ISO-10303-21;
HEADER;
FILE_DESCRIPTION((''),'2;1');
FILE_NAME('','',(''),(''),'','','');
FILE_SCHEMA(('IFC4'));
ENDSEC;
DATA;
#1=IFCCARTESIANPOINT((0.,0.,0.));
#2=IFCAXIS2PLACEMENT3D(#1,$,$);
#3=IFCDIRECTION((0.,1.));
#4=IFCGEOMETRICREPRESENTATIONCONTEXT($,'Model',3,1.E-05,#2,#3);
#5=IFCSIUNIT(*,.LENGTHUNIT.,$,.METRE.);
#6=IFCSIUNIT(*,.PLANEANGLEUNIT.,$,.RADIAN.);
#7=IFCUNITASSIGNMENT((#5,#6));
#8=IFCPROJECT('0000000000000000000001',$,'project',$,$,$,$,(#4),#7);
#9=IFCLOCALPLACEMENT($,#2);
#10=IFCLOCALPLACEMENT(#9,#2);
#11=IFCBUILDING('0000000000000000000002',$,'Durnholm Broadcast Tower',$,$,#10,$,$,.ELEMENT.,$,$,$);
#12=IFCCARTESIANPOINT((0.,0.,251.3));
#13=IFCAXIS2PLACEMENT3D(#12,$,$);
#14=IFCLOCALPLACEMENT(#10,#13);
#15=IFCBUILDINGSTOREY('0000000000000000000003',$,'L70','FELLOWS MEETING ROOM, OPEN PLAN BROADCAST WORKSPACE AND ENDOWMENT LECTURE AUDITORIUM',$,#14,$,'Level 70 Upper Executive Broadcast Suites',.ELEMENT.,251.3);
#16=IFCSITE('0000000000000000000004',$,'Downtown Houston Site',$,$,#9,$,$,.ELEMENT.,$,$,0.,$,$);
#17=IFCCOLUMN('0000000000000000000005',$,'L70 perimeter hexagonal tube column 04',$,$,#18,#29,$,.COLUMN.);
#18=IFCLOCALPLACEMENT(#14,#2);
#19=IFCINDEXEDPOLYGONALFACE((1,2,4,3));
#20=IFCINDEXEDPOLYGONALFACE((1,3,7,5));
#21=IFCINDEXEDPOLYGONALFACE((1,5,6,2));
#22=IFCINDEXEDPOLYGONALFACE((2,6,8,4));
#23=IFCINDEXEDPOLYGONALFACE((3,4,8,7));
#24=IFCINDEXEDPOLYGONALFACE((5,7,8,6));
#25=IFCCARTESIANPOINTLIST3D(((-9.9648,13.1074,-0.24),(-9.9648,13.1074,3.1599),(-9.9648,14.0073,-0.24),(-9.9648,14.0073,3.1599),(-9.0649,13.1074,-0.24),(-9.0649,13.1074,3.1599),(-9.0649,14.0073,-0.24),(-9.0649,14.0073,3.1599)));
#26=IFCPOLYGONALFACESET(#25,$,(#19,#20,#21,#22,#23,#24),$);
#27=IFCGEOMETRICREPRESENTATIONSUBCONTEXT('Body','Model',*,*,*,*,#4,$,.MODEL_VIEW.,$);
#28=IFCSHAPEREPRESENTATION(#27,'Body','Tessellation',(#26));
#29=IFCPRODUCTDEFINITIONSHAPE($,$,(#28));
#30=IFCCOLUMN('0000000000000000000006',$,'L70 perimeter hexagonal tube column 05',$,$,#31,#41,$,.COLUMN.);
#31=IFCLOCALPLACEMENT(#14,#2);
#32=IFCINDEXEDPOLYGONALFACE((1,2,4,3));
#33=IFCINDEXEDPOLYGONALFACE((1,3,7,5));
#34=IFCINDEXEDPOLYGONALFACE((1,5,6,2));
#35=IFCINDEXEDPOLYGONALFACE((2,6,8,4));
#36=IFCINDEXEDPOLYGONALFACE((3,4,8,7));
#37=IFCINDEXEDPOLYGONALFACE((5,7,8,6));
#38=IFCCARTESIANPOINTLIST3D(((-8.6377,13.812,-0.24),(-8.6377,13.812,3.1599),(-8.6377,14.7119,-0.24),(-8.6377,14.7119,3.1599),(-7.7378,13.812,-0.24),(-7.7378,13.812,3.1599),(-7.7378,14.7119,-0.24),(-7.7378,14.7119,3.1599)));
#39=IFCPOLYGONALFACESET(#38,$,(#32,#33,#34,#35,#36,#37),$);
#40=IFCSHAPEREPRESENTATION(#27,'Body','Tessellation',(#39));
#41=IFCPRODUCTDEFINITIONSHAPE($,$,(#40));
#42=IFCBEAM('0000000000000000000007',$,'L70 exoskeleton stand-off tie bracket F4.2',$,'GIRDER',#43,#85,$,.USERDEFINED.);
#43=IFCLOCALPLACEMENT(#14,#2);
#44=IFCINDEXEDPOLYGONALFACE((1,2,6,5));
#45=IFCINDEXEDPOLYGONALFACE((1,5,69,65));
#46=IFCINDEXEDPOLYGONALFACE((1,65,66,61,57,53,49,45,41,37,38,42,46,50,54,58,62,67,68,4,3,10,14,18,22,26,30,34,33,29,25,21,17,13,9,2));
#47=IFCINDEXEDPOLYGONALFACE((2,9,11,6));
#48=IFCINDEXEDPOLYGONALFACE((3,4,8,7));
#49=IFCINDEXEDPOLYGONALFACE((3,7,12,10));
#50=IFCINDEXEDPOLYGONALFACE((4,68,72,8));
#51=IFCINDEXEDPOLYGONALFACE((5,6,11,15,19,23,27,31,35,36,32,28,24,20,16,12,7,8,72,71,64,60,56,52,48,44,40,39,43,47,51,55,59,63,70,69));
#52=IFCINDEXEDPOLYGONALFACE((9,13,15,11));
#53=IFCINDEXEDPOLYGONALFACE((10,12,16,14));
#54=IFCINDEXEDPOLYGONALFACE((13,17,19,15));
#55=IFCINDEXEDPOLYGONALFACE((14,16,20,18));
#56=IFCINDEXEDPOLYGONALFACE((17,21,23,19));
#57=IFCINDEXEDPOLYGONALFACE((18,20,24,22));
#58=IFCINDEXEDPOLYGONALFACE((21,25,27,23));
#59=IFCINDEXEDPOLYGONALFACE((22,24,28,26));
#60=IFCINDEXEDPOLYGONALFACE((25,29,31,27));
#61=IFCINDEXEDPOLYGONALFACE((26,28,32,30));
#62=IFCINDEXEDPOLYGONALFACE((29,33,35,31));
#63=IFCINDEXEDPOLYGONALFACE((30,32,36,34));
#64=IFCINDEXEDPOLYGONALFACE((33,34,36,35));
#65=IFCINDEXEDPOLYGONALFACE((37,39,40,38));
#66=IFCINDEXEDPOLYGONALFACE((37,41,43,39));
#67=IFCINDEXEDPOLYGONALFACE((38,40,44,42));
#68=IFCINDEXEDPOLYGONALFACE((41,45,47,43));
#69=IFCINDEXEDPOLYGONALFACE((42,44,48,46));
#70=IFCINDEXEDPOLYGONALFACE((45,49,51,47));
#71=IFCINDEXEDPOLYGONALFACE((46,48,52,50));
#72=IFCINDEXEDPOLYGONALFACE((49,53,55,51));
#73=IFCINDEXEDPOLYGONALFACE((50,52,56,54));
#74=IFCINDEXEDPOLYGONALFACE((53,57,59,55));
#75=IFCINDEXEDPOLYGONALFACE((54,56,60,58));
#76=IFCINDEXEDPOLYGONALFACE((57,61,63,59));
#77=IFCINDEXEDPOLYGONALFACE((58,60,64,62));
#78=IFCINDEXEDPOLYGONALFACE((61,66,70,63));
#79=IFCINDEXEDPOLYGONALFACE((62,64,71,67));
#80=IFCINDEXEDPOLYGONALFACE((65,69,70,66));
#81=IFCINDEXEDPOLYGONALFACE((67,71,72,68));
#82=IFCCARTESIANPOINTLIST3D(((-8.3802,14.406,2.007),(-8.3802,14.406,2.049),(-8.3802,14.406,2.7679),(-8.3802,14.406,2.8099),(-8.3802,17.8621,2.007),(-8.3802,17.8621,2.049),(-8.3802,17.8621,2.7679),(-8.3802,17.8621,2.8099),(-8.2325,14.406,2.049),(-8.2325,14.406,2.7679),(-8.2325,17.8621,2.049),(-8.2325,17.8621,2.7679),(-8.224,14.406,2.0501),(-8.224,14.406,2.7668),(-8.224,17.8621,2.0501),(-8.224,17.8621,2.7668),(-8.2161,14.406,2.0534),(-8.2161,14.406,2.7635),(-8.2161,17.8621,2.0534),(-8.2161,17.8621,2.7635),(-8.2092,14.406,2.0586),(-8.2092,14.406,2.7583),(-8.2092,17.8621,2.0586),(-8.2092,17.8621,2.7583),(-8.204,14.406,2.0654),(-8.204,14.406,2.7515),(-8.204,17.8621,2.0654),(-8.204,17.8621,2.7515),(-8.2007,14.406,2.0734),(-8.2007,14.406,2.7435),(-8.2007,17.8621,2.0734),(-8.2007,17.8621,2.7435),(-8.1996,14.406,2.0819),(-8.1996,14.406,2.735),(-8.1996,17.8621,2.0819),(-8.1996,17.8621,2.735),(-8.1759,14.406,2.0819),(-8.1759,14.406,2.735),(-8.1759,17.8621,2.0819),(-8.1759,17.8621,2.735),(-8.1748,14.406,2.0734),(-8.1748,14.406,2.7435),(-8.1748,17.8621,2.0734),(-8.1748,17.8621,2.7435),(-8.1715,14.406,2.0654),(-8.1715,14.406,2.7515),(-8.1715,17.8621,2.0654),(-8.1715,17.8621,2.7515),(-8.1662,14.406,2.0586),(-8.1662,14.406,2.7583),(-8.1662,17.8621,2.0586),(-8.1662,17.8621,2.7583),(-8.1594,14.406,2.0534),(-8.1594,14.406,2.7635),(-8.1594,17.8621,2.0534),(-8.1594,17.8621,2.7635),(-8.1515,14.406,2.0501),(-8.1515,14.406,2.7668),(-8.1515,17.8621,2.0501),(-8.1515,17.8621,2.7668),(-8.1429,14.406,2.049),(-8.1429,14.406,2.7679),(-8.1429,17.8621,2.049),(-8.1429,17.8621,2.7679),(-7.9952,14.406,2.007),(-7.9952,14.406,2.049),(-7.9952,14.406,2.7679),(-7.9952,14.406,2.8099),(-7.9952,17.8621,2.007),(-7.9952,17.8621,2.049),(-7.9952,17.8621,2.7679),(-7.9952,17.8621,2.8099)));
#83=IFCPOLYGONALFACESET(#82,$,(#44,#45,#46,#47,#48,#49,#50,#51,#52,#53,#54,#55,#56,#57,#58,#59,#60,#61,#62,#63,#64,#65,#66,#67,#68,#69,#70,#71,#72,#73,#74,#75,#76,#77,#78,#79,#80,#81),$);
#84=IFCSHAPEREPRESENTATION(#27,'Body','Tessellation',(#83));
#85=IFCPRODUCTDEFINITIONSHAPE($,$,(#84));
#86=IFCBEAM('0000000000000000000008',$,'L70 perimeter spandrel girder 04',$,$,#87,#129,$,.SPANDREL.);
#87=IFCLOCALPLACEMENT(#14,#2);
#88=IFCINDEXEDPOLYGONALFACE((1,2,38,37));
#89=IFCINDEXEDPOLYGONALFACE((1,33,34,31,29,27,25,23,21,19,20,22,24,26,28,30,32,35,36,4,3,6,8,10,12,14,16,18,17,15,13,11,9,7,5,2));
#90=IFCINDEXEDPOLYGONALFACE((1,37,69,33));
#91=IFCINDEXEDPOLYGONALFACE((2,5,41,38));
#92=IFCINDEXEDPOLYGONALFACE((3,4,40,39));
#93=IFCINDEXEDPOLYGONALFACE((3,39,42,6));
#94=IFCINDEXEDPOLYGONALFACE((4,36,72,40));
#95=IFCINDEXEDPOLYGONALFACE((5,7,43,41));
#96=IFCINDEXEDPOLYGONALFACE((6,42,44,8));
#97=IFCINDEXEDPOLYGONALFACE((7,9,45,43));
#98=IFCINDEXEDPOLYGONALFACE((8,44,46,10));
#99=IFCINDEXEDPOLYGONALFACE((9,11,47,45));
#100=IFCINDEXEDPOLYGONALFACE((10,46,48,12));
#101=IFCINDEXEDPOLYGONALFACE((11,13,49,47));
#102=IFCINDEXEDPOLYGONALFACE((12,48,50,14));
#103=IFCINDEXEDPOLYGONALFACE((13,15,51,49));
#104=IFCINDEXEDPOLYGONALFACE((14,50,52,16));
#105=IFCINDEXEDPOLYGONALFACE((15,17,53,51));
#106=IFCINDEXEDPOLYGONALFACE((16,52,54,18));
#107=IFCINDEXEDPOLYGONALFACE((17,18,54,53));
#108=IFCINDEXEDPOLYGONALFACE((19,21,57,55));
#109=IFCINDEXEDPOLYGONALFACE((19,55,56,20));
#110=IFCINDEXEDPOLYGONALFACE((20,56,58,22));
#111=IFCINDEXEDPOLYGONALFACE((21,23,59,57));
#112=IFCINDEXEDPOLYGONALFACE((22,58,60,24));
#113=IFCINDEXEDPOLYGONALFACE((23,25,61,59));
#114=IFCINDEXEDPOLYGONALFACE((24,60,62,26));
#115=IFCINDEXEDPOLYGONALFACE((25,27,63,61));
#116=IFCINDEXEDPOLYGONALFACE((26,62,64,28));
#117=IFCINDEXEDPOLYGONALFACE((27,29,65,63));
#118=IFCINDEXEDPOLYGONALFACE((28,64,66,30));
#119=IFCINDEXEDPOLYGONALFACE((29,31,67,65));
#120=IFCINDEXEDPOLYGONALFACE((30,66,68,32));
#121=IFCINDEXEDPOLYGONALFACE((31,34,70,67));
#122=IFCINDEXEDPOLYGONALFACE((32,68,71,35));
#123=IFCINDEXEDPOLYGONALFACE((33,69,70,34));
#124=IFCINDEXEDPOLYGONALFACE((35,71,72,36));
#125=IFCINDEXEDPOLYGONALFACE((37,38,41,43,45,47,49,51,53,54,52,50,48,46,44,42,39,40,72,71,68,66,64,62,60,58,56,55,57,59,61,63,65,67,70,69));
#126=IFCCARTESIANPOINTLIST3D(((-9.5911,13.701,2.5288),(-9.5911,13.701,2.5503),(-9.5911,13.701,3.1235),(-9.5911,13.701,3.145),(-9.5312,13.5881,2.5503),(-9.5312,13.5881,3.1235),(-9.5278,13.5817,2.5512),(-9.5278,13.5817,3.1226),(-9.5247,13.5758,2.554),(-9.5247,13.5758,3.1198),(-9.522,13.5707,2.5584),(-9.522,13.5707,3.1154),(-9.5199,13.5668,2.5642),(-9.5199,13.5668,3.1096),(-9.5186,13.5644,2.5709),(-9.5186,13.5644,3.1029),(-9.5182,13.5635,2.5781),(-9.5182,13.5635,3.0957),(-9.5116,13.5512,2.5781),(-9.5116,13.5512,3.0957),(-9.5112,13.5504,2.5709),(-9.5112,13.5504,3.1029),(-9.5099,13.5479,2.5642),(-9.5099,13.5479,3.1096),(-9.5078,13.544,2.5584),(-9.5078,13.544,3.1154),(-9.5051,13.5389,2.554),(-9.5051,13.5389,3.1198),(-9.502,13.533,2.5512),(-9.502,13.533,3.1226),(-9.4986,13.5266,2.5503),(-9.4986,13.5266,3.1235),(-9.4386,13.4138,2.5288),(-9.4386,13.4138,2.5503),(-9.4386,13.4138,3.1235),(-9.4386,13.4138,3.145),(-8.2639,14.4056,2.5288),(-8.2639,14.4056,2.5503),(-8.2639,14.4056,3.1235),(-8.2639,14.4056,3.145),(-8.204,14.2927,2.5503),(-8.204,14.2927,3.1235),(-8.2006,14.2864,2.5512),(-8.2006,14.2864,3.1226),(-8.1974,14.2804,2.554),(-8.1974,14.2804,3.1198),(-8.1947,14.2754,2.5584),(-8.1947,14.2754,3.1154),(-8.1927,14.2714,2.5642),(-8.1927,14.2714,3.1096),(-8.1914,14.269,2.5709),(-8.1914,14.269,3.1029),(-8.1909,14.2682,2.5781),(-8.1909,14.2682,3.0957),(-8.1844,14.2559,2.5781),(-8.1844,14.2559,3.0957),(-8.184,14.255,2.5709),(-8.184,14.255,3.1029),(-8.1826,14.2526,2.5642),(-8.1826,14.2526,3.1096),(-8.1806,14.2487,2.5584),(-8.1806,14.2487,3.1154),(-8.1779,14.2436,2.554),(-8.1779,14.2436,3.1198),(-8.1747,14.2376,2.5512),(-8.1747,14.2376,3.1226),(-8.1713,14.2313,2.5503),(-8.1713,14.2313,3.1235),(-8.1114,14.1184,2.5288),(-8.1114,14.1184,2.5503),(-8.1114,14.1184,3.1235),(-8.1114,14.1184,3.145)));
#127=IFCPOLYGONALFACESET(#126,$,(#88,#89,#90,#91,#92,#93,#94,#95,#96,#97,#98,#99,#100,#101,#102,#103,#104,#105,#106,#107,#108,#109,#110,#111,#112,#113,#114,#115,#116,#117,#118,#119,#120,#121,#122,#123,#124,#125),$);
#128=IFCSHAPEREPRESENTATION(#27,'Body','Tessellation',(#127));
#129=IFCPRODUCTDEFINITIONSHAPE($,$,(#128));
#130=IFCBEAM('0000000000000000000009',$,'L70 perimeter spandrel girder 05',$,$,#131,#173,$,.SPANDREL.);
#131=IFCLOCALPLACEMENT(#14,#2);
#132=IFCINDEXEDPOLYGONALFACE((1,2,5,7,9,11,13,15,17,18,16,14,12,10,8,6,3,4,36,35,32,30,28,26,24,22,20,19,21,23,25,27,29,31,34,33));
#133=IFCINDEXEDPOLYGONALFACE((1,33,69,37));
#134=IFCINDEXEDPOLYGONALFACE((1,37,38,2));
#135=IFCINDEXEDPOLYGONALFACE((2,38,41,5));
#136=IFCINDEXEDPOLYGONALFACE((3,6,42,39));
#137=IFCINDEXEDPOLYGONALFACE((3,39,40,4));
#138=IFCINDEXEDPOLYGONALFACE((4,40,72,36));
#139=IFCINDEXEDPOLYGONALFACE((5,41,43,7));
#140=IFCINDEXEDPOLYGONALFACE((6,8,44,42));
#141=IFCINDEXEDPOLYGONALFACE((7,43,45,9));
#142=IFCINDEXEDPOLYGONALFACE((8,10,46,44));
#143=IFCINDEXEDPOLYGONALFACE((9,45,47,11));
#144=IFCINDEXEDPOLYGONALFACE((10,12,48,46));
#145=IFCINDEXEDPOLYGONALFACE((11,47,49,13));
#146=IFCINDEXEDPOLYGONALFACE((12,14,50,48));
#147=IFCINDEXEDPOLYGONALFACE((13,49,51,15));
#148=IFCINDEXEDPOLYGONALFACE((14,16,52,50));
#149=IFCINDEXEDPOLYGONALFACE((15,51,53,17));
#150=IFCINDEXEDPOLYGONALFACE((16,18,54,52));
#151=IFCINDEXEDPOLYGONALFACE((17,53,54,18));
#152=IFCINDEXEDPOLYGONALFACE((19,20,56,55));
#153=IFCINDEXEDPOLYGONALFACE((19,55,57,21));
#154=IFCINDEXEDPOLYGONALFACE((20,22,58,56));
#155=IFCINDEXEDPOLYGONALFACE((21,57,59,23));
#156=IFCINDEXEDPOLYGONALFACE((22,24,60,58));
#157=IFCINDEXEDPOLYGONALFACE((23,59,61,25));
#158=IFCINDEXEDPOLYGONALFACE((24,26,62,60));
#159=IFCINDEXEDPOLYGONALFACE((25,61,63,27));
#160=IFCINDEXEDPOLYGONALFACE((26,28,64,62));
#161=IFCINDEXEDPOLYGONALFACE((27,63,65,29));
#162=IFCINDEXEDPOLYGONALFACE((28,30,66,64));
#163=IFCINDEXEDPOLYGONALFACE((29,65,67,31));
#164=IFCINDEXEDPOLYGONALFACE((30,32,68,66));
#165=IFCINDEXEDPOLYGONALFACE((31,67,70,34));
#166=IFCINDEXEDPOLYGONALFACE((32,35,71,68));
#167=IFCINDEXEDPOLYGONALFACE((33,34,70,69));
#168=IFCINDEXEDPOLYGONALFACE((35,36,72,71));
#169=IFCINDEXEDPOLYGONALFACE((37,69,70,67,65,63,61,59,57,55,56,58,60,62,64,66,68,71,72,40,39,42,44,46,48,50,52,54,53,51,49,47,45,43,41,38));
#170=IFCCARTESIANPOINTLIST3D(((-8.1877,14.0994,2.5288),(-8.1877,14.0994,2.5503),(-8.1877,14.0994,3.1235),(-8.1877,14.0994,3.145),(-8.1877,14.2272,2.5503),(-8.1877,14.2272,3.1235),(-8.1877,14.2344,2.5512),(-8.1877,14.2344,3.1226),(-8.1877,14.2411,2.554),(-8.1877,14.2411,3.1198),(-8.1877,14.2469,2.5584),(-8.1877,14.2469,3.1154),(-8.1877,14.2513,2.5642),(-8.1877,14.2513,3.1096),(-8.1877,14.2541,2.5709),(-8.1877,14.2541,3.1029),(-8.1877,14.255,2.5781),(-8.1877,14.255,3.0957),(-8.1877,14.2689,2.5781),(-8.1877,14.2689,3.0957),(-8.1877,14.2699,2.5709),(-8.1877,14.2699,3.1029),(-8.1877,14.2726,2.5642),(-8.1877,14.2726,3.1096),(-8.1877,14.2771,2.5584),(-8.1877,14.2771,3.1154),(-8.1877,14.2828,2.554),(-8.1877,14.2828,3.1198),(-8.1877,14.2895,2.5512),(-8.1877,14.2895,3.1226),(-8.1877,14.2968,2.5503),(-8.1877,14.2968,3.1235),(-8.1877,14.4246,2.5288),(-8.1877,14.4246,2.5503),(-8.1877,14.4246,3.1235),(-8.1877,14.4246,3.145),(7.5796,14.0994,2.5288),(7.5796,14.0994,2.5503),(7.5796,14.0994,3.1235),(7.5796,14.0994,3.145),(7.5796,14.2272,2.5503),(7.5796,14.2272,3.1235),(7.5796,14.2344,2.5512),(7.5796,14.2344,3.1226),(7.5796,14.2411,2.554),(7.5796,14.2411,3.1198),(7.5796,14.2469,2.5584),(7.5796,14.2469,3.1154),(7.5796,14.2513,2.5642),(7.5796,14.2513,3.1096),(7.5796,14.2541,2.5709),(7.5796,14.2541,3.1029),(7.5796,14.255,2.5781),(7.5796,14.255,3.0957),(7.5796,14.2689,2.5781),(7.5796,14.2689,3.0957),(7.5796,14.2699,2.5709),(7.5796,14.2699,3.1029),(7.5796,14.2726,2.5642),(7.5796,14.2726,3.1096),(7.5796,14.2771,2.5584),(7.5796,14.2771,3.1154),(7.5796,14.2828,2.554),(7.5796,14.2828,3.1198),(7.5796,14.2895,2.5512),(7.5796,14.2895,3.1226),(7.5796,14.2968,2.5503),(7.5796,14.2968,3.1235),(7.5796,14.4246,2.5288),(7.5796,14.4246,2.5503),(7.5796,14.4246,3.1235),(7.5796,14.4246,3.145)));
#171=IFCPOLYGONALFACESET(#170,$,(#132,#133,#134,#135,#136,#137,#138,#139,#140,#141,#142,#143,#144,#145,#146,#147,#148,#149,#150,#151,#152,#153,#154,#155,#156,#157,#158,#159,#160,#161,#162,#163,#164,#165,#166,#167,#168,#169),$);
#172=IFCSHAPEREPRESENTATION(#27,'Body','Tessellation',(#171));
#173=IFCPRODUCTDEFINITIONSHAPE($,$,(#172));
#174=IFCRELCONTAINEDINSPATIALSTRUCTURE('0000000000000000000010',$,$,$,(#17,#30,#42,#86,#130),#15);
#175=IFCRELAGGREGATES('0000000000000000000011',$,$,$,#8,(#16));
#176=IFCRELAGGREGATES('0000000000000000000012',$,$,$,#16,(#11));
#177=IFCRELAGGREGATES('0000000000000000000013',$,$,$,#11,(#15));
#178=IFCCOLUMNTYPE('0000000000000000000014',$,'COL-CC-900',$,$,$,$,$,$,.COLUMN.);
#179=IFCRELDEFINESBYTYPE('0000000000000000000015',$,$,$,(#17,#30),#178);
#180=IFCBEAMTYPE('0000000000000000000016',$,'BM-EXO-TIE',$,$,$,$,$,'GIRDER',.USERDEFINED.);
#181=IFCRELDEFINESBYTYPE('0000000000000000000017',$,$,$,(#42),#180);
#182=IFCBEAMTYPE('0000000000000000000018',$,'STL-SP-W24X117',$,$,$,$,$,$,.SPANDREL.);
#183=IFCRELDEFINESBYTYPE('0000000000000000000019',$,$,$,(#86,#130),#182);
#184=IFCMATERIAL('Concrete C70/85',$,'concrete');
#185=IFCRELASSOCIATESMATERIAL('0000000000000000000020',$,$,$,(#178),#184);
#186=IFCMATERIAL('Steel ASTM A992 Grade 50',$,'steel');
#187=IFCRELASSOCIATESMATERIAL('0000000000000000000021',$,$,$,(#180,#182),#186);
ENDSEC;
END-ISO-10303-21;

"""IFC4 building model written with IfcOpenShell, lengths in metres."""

from ifc_helpers import new_model, si_unit, direction, frame, origin, origin_2d, place, context, subcontext, project, spatial, rectangle, i_section, extrude, source, transform, mapped, material, material_profile, profile_set, type_object, type_shapes, element, save


model = new_model("IFC4")

# Units and contexts
model_context = context("Model", 3, precision=1e-05, world=origin(), true_north=direction((0.0, 1.0)))
body_context = subcontext(model_context, "Body", "Model", "MODEL_VIEW")
ifc_project = project(units=[si_unit("LENGTHUNIT", "METRE"), si_unit("PLANEANGLEUNIT", "RADIAN")], contexts=[model_context])

# Site, building, storey
site_placement = place(None, origin())
site = spatial("IfcSite", under=ifc_project, at=site_placement, Name="Downtown Houston Site", CompositionType="ELEMENT", RefElevation=0.0)
building_placement = place(site_placement, origin())
building = spatial("IfcBuilding", under=site, at=building_placement, Name="Durnholm Broadcast Tower", CompositionType="ELEMENT")
storey_placement = place(building_placement, frame((0.0, 0.0, 251.3)))
storey = spatial("IfcBuildingStorey", under=building, at=storey_placement, Name="L70", Description="FELLOWS MEETING ROOM, OPEN PLAN BROADCAST WORKSPACE AND ENDOWMENT LECTURE AUDITORIUM", LongName="Level 70 Upper Executive Broadcast Suites", CompositionType="ELEMENT", Elevation=251.3)

# Columns
ifc_material_1 = material(Name="Concrete C70/85", Category="concrete")
ifc_material_profile_1 = material_profile(ifc_material_1, rectangle(XDim=0.8999, YDim=0.8999, at=origin_2d()), Name="RC900X900")
ifc_profile_set_1 = profile_set([ifc_material_profile_1], Name="Concrete C70/85")
column_type = type_object("IfcColumnType", Name="COL-CC-900", PredefinedType="COLUMN", material=ifc_profile_set_1)
shared_shape_1 = source(origin(), body_context, "Body", "SweptSolid", [
    extrude(rectangle(XDim=0.8999, YDim=0.8999, at=origin_2d()), origin(), (0.0, 0.0, 1.0), 3.3999),
])
type_shapes(column_type, [shared_shape_1])
for number, where, z_axis, x_axis, name in (
    (1, (-9.5149, 13.5574, -0.24), (0.0, 0.0, 1.0), (1.0, 0.0, 0.0), "L70 perimeter hexagonal tube column 04"),
    (2, (-8.1877, 14.262, -0.24), (0.0, 0.0, 1.0), (1.0, 0.0, 0.0), "L70 perimeter hexagonal tube column 05"),
):
    element("IfcColumn", number, at=place(storey_placement, frame(where, z_axis=z_axis, x_axis=x_axis)), inside=storey, type_object=column_type, Name=name, PredefinedType="COLUMN", context=body_context, shape_type="MappedRepresentation", body=[
        mapped(shared_shape_1, transform((0.0, 0.0, 0.0), x_axis=(1.0, 0.0, 0.0), y_axis=(0.0, 1.0, 0.0), z_axis=(0.0, 0.0, 1.0), scale=1.0)),
    ])

# Beams
ifc_material_2 = material(Name="Steel ASTM A992 Grade 50", Category="steel")
ifc_material_profile_2 = material_profile(ifc_material_2, i_section(OverallWidth=0.385, OverallDepth=0.803, WebThickness=0.0237, FlangeThickness=0.042, FilletRadius=0.033, at=origin_2d()), Name="W30X261")
ifc_profile_set_2 = profile_set([ifc_material_profile_2], Name="Steel ASTM A992 Grade 50")
beam_type_1 = type_object("IfcBeamType", Name="BM-EXO-TIE", ElementType="GIRDER", PredefinedType="USERDEFINED", material=ifc_profile_set_2)
shared_shape_2 = source(origin(), body_context, "Body", "SweptSolid", [
    extrude(i_section(OverallWidth=0.385, OverallDepth=0.803, WebThickness=0.0237, FlangeThickness=0.042, FilletRadius=0.033, at=origin_2d()), origin(), (0.0, 0.0, 1.0), 3.4561),
])
type_shapes(beam_type_1, [shared_shape_2])
beam_1_placement = place(storey_placement, frame((-8.1877, 14.406, 2.4084), z_axis=(0.0, 1.0, 0.0), x_axis=(-1.0, 0.0, 0.0)))
element("IfcBeam", 3, at=beam_1_placement, inside=storey, type_object=beam_type_1, Name="L70 exoskeleton stand-off tie bracket F4.2", ObjectType="GIRDER", PredefinedType="USERDEFINED", context=body_context, shape_type="MappedRepresentation", body=[
    mapped(shared_shape_2, transform((0.0, 0.0, 0.0), x_axis=(1.0, 0.0, 0.0), y_axis=(0.0, 1.0, 0.0), z_axis=(0.0, 0.0, 1.0), scale=1.0)),
])
ifc_material_profile_3 = material_profile(ifc_material_2, i_section(OverallWidth=0.3252, OverallDepth=0.6162, WebThickness=0.0139, FlangeThickness=0.0215, FilletRadius=0.0278, at=origin_2d()), Name="W24X117")
ifc_profile_set_3 = profile_set([ifc_material_profile_3], Name="Steel ASTM A992 Grade 50")
beam_type_2 = type_object("IfcBeamType", Name="STL-SP-W24X117", PredefinedType="SPANDREL", material=ifc_profile_set_3)
shared_shape_3 = source(origin(), body_context, "Body", "SweptSolid", [
    extrude(i_section(OverallWidth=0.3252, OverallDepth=0.6162, WebThickness=0.0139, FlangeThickness=0.0215, FilletRadius=0.0278, at=origin_2d()), origin(), (0.0, 0.0, 1.0), 1.5027),
])
beam_2_placement = place(storey_placement, frame((-9.5149, 13.5574, 2.8369), z_axis=(0.883242, 0.468918, 0.0), x_axis=(-0.468918, 0.883242, 0.0)))
element("IfcBeam", 4, at=beam_2_placement, inside=storey, type_object=beam_type_2, Name="L70 perimeter spandrel girder 04", PredefinedType="SPANDREL", context=body_context, shape_type="MappedRepresentation", body=[
    mapped(shared_shape_3, transform((0.0, 0.0, 0.0), x_axis=(1.0, 0.0, 0.0), y_axis=(0.0, 1.0, 0.0), z_axis=(0.0, 0.0, 1.0), scale=1.0)),
])
shared_shape_4 = source(origin(), body_context, "Body", "SweptSolid", [
    extrude(i_section(OverallWidth=0.3252, OverallDepth=0.6162, WebThickness=0.0139, FlangeThickness=0.0215, FilletRadius=0.0278, at=origin_2d()), origin(), (0.0, 0.0, 1.0), 15.7673),
])
type_shapes(beam_type_2, [shared_shape_3, shared_shape_4])
beam_3_placement = place(storey_placement, frame((-8.1877, 14.262, 2.8369), z_axis=(1.0, 0.0, 0.0), x_axis=(0.0, 1.0, 0.0)))
element("IfcBeam", 5, at=beam_3_placement, inside=storey, type_object=beam_type_2, Name="L70 perimeter spandrel girder 05", PredefinedType="SPANDREL", context=body_context, shape_type="MappedRepresentation", body=[
    mapped(shared_shape_4, transform((0.0, 0.0, 0.0), x_axis=(1.0, 0.0, 0.0), y_axis=(0.0, 1.0, 0.0), z_axis=(0.0, 0.0, 1.0), scale=1.0)),
])

save(model, "model.ifc")
